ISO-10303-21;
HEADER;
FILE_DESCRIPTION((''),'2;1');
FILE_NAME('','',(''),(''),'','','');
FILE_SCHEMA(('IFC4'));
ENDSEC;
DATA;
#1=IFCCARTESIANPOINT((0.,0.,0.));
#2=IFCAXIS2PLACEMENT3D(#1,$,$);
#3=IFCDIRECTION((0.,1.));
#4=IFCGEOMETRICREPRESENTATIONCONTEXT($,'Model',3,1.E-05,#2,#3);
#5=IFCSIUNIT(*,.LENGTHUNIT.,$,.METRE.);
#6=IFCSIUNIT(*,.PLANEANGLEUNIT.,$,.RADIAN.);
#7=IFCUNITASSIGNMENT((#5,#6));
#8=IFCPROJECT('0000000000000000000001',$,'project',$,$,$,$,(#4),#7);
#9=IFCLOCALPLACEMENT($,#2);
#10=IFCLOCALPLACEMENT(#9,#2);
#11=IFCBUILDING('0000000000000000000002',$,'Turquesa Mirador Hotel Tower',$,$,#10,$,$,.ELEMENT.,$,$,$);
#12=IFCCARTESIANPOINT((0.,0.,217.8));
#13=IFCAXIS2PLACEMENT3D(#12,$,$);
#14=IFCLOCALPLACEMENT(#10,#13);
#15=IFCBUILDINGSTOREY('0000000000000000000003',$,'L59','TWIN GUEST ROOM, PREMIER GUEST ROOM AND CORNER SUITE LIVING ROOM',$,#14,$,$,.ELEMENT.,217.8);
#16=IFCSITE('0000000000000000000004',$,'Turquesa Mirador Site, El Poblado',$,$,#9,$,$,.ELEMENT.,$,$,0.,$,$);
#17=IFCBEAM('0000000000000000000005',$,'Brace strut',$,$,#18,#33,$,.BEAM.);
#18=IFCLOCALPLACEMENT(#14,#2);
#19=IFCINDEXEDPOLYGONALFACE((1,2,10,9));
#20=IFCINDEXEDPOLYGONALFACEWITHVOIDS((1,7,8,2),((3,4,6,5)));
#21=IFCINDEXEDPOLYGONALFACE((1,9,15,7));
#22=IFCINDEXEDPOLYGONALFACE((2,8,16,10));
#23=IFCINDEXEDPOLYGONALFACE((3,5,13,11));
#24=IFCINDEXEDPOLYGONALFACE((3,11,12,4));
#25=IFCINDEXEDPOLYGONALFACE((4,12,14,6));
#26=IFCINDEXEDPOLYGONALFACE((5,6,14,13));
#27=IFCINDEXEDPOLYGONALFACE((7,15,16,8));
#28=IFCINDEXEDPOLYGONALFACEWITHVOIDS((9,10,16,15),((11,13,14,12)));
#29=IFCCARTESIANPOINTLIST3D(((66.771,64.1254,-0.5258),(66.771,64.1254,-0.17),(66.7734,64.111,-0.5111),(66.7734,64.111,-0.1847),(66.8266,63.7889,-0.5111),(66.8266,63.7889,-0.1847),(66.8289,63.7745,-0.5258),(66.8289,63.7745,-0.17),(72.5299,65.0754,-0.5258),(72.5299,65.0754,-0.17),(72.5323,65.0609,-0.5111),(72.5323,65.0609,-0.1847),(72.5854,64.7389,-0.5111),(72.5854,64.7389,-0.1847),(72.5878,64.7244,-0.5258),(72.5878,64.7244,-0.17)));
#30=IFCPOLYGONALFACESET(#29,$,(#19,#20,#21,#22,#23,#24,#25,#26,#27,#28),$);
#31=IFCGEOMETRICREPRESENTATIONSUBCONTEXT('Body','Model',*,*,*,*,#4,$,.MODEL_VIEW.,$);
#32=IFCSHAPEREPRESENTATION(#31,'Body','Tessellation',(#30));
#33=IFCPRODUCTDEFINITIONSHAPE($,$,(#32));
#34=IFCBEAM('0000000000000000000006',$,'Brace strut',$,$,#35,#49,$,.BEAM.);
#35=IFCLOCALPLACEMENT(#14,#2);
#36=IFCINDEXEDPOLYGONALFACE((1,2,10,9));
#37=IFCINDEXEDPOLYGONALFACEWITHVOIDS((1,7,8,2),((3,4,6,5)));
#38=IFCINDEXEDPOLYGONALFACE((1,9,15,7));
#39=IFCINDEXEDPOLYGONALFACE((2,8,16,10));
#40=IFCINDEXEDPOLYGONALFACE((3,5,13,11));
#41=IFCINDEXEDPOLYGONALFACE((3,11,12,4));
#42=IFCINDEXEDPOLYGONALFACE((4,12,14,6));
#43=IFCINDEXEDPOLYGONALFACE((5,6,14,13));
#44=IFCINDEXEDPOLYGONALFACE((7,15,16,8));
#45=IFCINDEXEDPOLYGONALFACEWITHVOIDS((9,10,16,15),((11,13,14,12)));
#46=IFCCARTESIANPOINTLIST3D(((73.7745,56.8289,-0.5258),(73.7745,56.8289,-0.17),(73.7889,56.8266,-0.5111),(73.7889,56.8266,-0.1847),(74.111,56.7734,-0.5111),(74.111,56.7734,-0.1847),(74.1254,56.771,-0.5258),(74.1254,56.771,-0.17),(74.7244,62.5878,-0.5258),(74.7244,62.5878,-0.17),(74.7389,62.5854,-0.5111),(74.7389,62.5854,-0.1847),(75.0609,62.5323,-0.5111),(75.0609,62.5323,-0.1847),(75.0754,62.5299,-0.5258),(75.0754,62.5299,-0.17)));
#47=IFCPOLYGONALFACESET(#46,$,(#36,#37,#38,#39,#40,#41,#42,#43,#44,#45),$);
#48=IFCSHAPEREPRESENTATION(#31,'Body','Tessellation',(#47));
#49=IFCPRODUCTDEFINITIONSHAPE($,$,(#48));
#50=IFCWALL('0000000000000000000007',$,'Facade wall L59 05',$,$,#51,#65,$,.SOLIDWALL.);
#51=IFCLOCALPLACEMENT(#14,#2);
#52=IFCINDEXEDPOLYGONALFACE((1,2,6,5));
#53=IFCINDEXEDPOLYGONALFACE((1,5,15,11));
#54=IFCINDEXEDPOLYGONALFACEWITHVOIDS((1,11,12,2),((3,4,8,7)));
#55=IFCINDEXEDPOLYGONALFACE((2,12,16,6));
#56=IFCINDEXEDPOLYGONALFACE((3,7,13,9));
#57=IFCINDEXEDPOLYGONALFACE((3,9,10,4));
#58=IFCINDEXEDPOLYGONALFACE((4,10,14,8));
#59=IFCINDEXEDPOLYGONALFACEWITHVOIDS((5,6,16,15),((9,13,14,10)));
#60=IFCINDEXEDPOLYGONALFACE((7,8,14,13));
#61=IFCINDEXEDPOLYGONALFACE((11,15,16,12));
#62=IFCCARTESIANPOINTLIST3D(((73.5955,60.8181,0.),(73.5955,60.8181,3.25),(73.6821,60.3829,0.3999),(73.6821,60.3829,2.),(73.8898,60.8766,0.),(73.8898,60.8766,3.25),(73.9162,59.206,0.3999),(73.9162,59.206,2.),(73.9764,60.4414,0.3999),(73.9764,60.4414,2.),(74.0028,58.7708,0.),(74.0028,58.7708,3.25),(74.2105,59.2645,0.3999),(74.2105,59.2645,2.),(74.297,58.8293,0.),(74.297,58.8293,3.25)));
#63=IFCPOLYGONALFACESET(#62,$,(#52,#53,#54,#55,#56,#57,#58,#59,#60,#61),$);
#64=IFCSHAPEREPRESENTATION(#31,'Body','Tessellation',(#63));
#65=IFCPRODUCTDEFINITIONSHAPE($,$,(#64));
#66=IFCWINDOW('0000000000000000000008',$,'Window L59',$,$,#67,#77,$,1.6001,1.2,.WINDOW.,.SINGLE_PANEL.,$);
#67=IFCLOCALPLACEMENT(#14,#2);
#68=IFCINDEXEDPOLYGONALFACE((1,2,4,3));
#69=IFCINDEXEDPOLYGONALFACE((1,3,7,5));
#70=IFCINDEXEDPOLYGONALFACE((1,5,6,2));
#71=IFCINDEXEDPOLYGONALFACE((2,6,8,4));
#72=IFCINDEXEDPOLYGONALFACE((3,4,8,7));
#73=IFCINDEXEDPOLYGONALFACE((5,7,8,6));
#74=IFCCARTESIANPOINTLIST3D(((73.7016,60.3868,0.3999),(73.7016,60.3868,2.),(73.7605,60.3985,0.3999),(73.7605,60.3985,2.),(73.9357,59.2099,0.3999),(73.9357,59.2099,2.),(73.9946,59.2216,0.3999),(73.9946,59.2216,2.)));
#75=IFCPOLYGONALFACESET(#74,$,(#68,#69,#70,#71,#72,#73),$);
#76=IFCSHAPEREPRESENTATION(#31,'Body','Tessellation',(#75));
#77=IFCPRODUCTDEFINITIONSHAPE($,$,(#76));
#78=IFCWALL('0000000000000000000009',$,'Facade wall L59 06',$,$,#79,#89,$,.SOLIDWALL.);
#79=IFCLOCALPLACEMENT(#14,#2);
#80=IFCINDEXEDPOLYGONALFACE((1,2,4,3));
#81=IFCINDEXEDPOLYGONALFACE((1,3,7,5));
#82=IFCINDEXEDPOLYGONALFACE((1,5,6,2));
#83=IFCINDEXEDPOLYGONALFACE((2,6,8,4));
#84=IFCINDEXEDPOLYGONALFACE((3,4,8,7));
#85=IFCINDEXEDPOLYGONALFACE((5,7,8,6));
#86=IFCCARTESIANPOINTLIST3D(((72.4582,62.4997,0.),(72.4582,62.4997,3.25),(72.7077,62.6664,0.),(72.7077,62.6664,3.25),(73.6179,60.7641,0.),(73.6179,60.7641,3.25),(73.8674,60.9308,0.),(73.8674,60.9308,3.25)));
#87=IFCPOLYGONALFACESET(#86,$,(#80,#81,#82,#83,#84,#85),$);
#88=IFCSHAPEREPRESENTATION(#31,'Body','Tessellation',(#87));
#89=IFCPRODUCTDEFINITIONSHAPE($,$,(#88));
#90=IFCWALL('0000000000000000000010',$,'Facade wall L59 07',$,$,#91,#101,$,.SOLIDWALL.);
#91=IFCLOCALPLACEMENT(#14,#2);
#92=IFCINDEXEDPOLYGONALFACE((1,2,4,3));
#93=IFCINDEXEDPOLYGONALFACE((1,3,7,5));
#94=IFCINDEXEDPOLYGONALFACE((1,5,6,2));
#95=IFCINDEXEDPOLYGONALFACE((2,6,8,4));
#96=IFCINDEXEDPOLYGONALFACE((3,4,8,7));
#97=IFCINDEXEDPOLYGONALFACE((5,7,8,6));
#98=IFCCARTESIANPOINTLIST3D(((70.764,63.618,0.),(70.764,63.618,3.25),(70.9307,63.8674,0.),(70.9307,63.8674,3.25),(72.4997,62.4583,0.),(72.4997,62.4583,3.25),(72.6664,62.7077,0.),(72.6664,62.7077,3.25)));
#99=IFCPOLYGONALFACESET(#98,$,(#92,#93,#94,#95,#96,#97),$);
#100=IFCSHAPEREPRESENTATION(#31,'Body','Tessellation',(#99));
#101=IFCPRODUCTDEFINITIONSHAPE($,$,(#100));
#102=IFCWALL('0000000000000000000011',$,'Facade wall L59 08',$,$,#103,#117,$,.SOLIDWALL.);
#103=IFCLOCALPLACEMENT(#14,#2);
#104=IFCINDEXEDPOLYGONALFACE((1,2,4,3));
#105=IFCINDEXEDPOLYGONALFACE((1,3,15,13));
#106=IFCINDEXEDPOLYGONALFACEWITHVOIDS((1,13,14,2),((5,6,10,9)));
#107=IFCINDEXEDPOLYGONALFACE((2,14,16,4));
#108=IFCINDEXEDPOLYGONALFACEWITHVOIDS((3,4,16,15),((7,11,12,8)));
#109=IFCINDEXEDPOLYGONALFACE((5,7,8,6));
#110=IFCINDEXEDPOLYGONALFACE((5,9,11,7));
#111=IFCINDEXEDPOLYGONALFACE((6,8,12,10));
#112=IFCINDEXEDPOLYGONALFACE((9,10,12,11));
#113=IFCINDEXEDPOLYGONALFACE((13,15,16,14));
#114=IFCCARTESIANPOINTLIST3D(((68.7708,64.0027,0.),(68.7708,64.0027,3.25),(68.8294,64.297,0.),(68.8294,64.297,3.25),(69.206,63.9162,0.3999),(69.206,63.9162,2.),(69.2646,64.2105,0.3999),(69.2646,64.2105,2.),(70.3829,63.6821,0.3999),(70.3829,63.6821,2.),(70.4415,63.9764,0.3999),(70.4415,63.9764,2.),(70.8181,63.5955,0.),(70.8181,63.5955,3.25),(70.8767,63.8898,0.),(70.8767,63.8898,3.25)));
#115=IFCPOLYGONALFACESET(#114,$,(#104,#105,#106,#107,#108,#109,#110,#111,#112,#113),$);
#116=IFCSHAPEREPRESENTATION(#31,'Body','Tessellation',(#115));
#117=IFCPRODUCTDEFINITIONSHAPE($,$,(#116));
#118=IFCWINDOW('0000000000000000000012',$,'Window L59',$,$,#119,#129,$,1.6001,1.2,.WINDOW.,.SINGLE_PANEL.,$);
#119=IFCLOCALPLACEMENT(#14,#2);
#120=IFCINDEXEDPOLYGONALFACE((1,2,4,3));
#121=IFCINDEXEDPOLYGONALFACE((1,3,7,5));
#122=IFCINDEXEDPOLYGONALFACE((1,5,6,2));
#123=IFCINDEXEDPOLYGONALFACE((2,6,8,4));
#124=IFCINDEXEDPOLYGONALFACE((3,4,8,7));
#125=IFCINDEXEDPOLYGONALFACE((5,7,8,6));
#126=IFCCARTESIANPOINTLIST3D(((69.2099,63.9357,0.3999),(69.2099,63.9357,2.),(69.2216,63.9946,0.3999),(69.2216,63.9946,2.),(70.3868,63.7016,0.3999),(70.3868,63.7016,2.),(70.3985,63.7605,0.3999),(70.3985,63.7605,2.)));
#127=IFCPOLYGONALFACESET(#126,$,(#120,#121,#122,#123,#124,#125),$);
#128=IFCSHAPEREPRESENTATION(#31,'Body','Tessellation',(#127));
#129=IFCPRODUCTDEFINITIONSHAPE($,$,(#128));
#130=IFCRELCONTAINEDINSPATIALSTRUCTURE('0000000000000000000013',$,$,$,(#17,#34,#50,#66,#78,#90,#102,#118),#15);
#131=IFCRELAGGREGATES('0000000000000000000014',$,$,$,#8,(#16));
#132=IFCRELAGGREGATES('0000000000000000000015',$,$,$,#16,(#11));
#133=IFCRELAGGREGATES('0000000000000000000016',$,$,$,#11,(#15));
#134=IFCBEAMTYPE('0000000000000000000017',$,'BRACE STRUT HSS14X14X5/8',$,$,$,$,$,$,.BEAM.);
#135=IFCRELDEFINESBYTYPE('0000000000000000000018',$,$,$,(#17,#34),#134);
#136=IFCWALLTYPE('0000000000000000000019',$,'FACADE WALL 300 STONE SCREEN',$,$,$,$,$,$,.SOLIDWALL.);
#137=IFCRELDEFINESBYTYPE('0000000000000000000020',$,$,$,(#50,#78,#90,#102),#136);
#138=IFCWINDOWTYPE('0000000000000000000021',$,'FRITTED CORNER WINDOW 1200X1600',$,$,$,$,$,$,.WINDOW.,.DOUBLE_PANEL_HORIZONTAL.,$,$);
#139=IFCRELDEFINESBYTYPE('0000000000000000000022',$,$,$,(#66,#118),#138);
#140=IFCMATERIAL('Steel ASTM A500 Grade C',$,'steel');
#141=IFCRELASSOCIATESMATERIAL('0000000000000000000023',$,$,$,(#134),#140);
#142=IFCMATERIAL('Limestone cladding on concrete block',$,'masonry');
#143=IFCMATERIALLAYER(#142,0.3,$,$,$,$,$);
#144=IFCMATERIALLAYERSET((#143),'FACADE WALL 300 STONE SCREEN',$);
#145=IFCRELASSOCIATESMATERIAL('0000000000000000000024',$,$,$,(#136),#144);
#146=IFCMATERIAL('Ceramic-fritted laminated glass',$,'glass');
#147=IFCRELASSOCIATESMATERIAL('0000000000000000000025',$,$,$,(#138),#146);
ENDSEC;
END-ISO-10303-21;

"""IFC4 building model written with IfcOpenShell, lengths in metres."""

from ifc_helpers import new_model, si_unit, direction, frame, frame_2d, origin, origin_2d, place, context, subcontext, project, spatial, rectangle, hollow_rectangle, extrude, material, layer, layer_set, material_profile, profile_set, type_object, element, fill, save


model = new_model("IFC4")

# Units and contexts
model_context = context("Model", 3, precision=1e-05, world=origin(), true_north=direction((0.0, 1.0)))
body_context = subcontext(model_context, "Body", "Model", "MODEL_VIEW")
ifc_project = project(units=[si_unit("LENGTHUNIT", "METRE"), si_unit("PLANEANGLEUNIT", "RADIAN")], contexts=[model_context])

# Site, building, storey
site_placement = place(None, origin())
site = spatial("IfcSite", under=ifc_project, at=site_placement, Name="Turquesa Mirador Site, El Poblado", CompositionType="ELEMENT", RefElevation=0.0)
building_placement = place(site_placement, origin())
building = spatial("IfcBuilding", under=site, at=building_placement, Name="Turquesa Mirador Hotel Tower", CompositionType="ELEMENT")
storey_placement = place(building_placement, frame((0.0, 0.0, 217.8)))
storey = spatial("IfcBuildingStorey", under=building, at=storey_placement, Name="L59", Description="TWIN GUEST ROOM, PREMIER GUEST ROOM AND CORNER SUITE LIVING ROOM", CompositionType="ELEMENT", Elevation=217.8)

# Beams
ifc_material_1 = material(Name="Steel ASTM A500 Grade C", Category="steel")
ifc_material_profile_1 = material_profile(ifc_material_1, hollow_rectangle(XDim=0.3557, YDim=0.3557, WallThickness=0.0146, at=origin_2d()), Name="HSS14X14X5/8")
ifc_profile_set_1 = profile_set([ifc_material_profile_1], Name="Steel ASTM A500 Grade C")
beam_type_1 = type_object("IfcBeamType", Name="BRACE STRUT HSS14X14X5/8", PredefinedType="BEAM", material=ifc_profile_set_1)
for number, where, z_axis, x_axis, name in (
    (1, (72.5588, 64.8999, -0.3479), (-0.986666, -0.162757, 0.0), (0.162757, -0.986666, 0.0), "Brace strut"),
    (2, (74.8999, 62.5588, -0.3479), (-0.162757, -0.986666, 0.0), (0.986666, -0.162757, 0.0), "Brace strut"),
):
    element("IfcBeam", number, at=place(storey_placement, frame(where, z_axis=z_axis, x_axis=x_axis)), inside=storey, type_object=beam_type_1, Name=name, PredefinedType="BEAM", context=body_context, shape_type="SweptSolid", body=[
        extrude(hollow_rectangle(XDim=0.3557, YDim=0.3557, WallThickness=0.0146, at=origin_2d()), origin(), (0.0, 0.0, 1.0), 5.8367),
    ])

# Wall, opening, window
ifc_material_2 = material(Name="Limestone cladding on concrete block", Category="masonry")
ifc_layer_1 = layer(ifc_material_2, 0.3)
ifc_layer_set_1 = layer_set([ifc_layer_1], Name="FACADE WALL 300 STONE SCREEN")
wall_type_1 = type_object("IfcWallType", Name="FACADE WALL 300 STONE SCREEN", PredefinedType="SOLIDWALL", material=ifc_layer_set_1)
wall_1_placement = place(storey_placement, frame((74.1499, 58.8, 0.0), z_axis=(0.0, 0.0, 1.0), x_axis=(-0.195081, 0.980787, 0.0)))
wall_1 = element("IfcWall", 3, at=wall_1_placement, inside=storey, type_object=wall_type_1, Name="Facade wall L59 05", PredefinedType="SOLIDWALL", context=body_context, shape_type="SweptSolid", body=[
    extrude(rectangle(XDim=2.0874, YDim=0.3, at=frame_2d((1.0437, 0.0))), origin(), (0.0, 0.0, 1.0), 3.25),
])
opening_1_placement = place(wall_1_placement, frame((0.4436, 0.0, 0.3999)))
opening_1 = element("IfcOpeningElement", 4, at=opening_1_placement, cuts=wall_1, PredefinedType="OPENING", context=body_context, shape_type="SweptSolid", body=[
    extrude(rectangle(XDim=1.2, YDim=1.6001, at=frame_2d((0.6001, 0.8))), frame((0.0, 0.1599, 0.0), z_axis=(0.0, -1.0, 0.0), x_axis=(1.0, 0.0, 0.0)), (0.0, 0.0, 1.0), 0.3201),
])
ifc_material_3 = material(Name="Ceramic-fritted laminated glass", Category="glass")
window_type_1 = type_object("IfcWindowType", Name="FRITTED CORNER WINDOW 1200X1600", PartitioningType="DOUBLE_PANEL_HORIZONTAL", PredefinedType="WINDOW", material=ifc_material_3)
window_1_placement = place(opening_1_placement, origin())
window_1 = element("IfcWindow", 5, at=window_1_placement, inside=storey, type_object=window_type_1, Name="Window L59", OverallHeight=1.6001, OverallWidth=1.2, PartitioningType="SINGLE_PANEL", PredefinedType="WINDOW", context=body_context, shape_type="SweptSolid", body=[
    extrude(rectangle(XDim=1.2, YDim=1.6001, at=frame_2d((0.6001, 0.8))), frame((0.0, 0.1301, 0.0), z_axis=(0.0, -1.0, 0.0), x_axis=(1.0, 0.0, 0.0)), (0.0, 0.0, 1.0), 0.0601),
])
fill(opening_1, window_1)

# Walls
for number, where, z_axis, x_axis, name in (
    (6, (73.7427, 60.8474, 0.0), (0.0, 0.0, 1.0), (-0.555564, 0.831474, 0.0), "Facade wall L59 06"),
    (7, (72.583, 62.583, 0.0), (0.0, 0.0, 1.0), (-0.831474, 0.555564, 0.0), "Facade wall L59 07"),
):
    element("IfcWall", number, at=place(storey_placement, frame(where, z_axis=z_axis, x_axis=x_axis)), inside=storey, type_object=wall_type_1, Name=name, PredefinedType="SOLIDWALL", context=body_context, shape_type="SweptSolid", body=[
        extrude(rectangle(XDim=2.0874, YDim=0.3, at=frame_2d((1.0437, 0.0))), origin(), (0.0, 0.0, 1.0), 3.25),
    ])

# Wall, opening, window
wall_2_placement = place(storey_placement, frame((70.8474, 63.7427, 0.0), z_axis=(0.0, 0.0, 1.0), x_axis=(-0.980787, 0.195081, 0.0)))
wall_2 = element("IfcWall", 8, at=wall_2_placement, inside=storey, type_object=wall_type_1, Name="Facade wall L59 08", PredefinedType="SOLIDWALL", context=body_context, shape_type="SweptSolid", body=[
    extrude(rectangle(XDim=2.0874, YDim=0.3, at=frame_2d((1.0437, 0.0))), origin(), (0.0, 0.0, 1.0), 3.25),
])
opening_2_placement = place(wall_2_placement, frame((0.4436, 0.0, 0.3999)))
opening_2 = element("IfcOpeningElement", 9, at=opening_2_placement, cuts=wall_2, PredefinedType="OPENING", context=body_context, shape_type="SweptSolid", body=[
    extrude(rectangle(XDim=1.2, YDim=1.6001, at=frame_2d((0.6001, 0.8))), frame((0.0, 0.1599, 0.0), z_axis=(0.0, -1.0, 0.0), x_axis=(1.0, 0.0, 0.0)), (0.0, 0.0, 1.0), 0.3201),
])
window_2_placement = place(opening_2_placement, origin())
window_2 = element("IfcWindow", 10, at=window_2_placement, inside=storey, type_object=window_type_1, Name="Window L59", OverallHeight=1.6001, OverallWidth=1.2, PartitioningType="SINGLE_PANEL", PredefinedType="WINDOW", context=body_context, shape_type="SweptSolid", body=[
    extrude(rectangle(XDim=1.2, YDim=1.6001, at=frame_2d((0.6001, 0.8))), frame((0.0, 0.1301, 0.0), z_axis=(0.0, -1.0, 0.0), x_axis=(1.0, 0.0, 0.0)), (0.0, 0.0, 1.0), 0.0601),
])
fill(opening_2, window_2)

save(model, "model.ifc")
